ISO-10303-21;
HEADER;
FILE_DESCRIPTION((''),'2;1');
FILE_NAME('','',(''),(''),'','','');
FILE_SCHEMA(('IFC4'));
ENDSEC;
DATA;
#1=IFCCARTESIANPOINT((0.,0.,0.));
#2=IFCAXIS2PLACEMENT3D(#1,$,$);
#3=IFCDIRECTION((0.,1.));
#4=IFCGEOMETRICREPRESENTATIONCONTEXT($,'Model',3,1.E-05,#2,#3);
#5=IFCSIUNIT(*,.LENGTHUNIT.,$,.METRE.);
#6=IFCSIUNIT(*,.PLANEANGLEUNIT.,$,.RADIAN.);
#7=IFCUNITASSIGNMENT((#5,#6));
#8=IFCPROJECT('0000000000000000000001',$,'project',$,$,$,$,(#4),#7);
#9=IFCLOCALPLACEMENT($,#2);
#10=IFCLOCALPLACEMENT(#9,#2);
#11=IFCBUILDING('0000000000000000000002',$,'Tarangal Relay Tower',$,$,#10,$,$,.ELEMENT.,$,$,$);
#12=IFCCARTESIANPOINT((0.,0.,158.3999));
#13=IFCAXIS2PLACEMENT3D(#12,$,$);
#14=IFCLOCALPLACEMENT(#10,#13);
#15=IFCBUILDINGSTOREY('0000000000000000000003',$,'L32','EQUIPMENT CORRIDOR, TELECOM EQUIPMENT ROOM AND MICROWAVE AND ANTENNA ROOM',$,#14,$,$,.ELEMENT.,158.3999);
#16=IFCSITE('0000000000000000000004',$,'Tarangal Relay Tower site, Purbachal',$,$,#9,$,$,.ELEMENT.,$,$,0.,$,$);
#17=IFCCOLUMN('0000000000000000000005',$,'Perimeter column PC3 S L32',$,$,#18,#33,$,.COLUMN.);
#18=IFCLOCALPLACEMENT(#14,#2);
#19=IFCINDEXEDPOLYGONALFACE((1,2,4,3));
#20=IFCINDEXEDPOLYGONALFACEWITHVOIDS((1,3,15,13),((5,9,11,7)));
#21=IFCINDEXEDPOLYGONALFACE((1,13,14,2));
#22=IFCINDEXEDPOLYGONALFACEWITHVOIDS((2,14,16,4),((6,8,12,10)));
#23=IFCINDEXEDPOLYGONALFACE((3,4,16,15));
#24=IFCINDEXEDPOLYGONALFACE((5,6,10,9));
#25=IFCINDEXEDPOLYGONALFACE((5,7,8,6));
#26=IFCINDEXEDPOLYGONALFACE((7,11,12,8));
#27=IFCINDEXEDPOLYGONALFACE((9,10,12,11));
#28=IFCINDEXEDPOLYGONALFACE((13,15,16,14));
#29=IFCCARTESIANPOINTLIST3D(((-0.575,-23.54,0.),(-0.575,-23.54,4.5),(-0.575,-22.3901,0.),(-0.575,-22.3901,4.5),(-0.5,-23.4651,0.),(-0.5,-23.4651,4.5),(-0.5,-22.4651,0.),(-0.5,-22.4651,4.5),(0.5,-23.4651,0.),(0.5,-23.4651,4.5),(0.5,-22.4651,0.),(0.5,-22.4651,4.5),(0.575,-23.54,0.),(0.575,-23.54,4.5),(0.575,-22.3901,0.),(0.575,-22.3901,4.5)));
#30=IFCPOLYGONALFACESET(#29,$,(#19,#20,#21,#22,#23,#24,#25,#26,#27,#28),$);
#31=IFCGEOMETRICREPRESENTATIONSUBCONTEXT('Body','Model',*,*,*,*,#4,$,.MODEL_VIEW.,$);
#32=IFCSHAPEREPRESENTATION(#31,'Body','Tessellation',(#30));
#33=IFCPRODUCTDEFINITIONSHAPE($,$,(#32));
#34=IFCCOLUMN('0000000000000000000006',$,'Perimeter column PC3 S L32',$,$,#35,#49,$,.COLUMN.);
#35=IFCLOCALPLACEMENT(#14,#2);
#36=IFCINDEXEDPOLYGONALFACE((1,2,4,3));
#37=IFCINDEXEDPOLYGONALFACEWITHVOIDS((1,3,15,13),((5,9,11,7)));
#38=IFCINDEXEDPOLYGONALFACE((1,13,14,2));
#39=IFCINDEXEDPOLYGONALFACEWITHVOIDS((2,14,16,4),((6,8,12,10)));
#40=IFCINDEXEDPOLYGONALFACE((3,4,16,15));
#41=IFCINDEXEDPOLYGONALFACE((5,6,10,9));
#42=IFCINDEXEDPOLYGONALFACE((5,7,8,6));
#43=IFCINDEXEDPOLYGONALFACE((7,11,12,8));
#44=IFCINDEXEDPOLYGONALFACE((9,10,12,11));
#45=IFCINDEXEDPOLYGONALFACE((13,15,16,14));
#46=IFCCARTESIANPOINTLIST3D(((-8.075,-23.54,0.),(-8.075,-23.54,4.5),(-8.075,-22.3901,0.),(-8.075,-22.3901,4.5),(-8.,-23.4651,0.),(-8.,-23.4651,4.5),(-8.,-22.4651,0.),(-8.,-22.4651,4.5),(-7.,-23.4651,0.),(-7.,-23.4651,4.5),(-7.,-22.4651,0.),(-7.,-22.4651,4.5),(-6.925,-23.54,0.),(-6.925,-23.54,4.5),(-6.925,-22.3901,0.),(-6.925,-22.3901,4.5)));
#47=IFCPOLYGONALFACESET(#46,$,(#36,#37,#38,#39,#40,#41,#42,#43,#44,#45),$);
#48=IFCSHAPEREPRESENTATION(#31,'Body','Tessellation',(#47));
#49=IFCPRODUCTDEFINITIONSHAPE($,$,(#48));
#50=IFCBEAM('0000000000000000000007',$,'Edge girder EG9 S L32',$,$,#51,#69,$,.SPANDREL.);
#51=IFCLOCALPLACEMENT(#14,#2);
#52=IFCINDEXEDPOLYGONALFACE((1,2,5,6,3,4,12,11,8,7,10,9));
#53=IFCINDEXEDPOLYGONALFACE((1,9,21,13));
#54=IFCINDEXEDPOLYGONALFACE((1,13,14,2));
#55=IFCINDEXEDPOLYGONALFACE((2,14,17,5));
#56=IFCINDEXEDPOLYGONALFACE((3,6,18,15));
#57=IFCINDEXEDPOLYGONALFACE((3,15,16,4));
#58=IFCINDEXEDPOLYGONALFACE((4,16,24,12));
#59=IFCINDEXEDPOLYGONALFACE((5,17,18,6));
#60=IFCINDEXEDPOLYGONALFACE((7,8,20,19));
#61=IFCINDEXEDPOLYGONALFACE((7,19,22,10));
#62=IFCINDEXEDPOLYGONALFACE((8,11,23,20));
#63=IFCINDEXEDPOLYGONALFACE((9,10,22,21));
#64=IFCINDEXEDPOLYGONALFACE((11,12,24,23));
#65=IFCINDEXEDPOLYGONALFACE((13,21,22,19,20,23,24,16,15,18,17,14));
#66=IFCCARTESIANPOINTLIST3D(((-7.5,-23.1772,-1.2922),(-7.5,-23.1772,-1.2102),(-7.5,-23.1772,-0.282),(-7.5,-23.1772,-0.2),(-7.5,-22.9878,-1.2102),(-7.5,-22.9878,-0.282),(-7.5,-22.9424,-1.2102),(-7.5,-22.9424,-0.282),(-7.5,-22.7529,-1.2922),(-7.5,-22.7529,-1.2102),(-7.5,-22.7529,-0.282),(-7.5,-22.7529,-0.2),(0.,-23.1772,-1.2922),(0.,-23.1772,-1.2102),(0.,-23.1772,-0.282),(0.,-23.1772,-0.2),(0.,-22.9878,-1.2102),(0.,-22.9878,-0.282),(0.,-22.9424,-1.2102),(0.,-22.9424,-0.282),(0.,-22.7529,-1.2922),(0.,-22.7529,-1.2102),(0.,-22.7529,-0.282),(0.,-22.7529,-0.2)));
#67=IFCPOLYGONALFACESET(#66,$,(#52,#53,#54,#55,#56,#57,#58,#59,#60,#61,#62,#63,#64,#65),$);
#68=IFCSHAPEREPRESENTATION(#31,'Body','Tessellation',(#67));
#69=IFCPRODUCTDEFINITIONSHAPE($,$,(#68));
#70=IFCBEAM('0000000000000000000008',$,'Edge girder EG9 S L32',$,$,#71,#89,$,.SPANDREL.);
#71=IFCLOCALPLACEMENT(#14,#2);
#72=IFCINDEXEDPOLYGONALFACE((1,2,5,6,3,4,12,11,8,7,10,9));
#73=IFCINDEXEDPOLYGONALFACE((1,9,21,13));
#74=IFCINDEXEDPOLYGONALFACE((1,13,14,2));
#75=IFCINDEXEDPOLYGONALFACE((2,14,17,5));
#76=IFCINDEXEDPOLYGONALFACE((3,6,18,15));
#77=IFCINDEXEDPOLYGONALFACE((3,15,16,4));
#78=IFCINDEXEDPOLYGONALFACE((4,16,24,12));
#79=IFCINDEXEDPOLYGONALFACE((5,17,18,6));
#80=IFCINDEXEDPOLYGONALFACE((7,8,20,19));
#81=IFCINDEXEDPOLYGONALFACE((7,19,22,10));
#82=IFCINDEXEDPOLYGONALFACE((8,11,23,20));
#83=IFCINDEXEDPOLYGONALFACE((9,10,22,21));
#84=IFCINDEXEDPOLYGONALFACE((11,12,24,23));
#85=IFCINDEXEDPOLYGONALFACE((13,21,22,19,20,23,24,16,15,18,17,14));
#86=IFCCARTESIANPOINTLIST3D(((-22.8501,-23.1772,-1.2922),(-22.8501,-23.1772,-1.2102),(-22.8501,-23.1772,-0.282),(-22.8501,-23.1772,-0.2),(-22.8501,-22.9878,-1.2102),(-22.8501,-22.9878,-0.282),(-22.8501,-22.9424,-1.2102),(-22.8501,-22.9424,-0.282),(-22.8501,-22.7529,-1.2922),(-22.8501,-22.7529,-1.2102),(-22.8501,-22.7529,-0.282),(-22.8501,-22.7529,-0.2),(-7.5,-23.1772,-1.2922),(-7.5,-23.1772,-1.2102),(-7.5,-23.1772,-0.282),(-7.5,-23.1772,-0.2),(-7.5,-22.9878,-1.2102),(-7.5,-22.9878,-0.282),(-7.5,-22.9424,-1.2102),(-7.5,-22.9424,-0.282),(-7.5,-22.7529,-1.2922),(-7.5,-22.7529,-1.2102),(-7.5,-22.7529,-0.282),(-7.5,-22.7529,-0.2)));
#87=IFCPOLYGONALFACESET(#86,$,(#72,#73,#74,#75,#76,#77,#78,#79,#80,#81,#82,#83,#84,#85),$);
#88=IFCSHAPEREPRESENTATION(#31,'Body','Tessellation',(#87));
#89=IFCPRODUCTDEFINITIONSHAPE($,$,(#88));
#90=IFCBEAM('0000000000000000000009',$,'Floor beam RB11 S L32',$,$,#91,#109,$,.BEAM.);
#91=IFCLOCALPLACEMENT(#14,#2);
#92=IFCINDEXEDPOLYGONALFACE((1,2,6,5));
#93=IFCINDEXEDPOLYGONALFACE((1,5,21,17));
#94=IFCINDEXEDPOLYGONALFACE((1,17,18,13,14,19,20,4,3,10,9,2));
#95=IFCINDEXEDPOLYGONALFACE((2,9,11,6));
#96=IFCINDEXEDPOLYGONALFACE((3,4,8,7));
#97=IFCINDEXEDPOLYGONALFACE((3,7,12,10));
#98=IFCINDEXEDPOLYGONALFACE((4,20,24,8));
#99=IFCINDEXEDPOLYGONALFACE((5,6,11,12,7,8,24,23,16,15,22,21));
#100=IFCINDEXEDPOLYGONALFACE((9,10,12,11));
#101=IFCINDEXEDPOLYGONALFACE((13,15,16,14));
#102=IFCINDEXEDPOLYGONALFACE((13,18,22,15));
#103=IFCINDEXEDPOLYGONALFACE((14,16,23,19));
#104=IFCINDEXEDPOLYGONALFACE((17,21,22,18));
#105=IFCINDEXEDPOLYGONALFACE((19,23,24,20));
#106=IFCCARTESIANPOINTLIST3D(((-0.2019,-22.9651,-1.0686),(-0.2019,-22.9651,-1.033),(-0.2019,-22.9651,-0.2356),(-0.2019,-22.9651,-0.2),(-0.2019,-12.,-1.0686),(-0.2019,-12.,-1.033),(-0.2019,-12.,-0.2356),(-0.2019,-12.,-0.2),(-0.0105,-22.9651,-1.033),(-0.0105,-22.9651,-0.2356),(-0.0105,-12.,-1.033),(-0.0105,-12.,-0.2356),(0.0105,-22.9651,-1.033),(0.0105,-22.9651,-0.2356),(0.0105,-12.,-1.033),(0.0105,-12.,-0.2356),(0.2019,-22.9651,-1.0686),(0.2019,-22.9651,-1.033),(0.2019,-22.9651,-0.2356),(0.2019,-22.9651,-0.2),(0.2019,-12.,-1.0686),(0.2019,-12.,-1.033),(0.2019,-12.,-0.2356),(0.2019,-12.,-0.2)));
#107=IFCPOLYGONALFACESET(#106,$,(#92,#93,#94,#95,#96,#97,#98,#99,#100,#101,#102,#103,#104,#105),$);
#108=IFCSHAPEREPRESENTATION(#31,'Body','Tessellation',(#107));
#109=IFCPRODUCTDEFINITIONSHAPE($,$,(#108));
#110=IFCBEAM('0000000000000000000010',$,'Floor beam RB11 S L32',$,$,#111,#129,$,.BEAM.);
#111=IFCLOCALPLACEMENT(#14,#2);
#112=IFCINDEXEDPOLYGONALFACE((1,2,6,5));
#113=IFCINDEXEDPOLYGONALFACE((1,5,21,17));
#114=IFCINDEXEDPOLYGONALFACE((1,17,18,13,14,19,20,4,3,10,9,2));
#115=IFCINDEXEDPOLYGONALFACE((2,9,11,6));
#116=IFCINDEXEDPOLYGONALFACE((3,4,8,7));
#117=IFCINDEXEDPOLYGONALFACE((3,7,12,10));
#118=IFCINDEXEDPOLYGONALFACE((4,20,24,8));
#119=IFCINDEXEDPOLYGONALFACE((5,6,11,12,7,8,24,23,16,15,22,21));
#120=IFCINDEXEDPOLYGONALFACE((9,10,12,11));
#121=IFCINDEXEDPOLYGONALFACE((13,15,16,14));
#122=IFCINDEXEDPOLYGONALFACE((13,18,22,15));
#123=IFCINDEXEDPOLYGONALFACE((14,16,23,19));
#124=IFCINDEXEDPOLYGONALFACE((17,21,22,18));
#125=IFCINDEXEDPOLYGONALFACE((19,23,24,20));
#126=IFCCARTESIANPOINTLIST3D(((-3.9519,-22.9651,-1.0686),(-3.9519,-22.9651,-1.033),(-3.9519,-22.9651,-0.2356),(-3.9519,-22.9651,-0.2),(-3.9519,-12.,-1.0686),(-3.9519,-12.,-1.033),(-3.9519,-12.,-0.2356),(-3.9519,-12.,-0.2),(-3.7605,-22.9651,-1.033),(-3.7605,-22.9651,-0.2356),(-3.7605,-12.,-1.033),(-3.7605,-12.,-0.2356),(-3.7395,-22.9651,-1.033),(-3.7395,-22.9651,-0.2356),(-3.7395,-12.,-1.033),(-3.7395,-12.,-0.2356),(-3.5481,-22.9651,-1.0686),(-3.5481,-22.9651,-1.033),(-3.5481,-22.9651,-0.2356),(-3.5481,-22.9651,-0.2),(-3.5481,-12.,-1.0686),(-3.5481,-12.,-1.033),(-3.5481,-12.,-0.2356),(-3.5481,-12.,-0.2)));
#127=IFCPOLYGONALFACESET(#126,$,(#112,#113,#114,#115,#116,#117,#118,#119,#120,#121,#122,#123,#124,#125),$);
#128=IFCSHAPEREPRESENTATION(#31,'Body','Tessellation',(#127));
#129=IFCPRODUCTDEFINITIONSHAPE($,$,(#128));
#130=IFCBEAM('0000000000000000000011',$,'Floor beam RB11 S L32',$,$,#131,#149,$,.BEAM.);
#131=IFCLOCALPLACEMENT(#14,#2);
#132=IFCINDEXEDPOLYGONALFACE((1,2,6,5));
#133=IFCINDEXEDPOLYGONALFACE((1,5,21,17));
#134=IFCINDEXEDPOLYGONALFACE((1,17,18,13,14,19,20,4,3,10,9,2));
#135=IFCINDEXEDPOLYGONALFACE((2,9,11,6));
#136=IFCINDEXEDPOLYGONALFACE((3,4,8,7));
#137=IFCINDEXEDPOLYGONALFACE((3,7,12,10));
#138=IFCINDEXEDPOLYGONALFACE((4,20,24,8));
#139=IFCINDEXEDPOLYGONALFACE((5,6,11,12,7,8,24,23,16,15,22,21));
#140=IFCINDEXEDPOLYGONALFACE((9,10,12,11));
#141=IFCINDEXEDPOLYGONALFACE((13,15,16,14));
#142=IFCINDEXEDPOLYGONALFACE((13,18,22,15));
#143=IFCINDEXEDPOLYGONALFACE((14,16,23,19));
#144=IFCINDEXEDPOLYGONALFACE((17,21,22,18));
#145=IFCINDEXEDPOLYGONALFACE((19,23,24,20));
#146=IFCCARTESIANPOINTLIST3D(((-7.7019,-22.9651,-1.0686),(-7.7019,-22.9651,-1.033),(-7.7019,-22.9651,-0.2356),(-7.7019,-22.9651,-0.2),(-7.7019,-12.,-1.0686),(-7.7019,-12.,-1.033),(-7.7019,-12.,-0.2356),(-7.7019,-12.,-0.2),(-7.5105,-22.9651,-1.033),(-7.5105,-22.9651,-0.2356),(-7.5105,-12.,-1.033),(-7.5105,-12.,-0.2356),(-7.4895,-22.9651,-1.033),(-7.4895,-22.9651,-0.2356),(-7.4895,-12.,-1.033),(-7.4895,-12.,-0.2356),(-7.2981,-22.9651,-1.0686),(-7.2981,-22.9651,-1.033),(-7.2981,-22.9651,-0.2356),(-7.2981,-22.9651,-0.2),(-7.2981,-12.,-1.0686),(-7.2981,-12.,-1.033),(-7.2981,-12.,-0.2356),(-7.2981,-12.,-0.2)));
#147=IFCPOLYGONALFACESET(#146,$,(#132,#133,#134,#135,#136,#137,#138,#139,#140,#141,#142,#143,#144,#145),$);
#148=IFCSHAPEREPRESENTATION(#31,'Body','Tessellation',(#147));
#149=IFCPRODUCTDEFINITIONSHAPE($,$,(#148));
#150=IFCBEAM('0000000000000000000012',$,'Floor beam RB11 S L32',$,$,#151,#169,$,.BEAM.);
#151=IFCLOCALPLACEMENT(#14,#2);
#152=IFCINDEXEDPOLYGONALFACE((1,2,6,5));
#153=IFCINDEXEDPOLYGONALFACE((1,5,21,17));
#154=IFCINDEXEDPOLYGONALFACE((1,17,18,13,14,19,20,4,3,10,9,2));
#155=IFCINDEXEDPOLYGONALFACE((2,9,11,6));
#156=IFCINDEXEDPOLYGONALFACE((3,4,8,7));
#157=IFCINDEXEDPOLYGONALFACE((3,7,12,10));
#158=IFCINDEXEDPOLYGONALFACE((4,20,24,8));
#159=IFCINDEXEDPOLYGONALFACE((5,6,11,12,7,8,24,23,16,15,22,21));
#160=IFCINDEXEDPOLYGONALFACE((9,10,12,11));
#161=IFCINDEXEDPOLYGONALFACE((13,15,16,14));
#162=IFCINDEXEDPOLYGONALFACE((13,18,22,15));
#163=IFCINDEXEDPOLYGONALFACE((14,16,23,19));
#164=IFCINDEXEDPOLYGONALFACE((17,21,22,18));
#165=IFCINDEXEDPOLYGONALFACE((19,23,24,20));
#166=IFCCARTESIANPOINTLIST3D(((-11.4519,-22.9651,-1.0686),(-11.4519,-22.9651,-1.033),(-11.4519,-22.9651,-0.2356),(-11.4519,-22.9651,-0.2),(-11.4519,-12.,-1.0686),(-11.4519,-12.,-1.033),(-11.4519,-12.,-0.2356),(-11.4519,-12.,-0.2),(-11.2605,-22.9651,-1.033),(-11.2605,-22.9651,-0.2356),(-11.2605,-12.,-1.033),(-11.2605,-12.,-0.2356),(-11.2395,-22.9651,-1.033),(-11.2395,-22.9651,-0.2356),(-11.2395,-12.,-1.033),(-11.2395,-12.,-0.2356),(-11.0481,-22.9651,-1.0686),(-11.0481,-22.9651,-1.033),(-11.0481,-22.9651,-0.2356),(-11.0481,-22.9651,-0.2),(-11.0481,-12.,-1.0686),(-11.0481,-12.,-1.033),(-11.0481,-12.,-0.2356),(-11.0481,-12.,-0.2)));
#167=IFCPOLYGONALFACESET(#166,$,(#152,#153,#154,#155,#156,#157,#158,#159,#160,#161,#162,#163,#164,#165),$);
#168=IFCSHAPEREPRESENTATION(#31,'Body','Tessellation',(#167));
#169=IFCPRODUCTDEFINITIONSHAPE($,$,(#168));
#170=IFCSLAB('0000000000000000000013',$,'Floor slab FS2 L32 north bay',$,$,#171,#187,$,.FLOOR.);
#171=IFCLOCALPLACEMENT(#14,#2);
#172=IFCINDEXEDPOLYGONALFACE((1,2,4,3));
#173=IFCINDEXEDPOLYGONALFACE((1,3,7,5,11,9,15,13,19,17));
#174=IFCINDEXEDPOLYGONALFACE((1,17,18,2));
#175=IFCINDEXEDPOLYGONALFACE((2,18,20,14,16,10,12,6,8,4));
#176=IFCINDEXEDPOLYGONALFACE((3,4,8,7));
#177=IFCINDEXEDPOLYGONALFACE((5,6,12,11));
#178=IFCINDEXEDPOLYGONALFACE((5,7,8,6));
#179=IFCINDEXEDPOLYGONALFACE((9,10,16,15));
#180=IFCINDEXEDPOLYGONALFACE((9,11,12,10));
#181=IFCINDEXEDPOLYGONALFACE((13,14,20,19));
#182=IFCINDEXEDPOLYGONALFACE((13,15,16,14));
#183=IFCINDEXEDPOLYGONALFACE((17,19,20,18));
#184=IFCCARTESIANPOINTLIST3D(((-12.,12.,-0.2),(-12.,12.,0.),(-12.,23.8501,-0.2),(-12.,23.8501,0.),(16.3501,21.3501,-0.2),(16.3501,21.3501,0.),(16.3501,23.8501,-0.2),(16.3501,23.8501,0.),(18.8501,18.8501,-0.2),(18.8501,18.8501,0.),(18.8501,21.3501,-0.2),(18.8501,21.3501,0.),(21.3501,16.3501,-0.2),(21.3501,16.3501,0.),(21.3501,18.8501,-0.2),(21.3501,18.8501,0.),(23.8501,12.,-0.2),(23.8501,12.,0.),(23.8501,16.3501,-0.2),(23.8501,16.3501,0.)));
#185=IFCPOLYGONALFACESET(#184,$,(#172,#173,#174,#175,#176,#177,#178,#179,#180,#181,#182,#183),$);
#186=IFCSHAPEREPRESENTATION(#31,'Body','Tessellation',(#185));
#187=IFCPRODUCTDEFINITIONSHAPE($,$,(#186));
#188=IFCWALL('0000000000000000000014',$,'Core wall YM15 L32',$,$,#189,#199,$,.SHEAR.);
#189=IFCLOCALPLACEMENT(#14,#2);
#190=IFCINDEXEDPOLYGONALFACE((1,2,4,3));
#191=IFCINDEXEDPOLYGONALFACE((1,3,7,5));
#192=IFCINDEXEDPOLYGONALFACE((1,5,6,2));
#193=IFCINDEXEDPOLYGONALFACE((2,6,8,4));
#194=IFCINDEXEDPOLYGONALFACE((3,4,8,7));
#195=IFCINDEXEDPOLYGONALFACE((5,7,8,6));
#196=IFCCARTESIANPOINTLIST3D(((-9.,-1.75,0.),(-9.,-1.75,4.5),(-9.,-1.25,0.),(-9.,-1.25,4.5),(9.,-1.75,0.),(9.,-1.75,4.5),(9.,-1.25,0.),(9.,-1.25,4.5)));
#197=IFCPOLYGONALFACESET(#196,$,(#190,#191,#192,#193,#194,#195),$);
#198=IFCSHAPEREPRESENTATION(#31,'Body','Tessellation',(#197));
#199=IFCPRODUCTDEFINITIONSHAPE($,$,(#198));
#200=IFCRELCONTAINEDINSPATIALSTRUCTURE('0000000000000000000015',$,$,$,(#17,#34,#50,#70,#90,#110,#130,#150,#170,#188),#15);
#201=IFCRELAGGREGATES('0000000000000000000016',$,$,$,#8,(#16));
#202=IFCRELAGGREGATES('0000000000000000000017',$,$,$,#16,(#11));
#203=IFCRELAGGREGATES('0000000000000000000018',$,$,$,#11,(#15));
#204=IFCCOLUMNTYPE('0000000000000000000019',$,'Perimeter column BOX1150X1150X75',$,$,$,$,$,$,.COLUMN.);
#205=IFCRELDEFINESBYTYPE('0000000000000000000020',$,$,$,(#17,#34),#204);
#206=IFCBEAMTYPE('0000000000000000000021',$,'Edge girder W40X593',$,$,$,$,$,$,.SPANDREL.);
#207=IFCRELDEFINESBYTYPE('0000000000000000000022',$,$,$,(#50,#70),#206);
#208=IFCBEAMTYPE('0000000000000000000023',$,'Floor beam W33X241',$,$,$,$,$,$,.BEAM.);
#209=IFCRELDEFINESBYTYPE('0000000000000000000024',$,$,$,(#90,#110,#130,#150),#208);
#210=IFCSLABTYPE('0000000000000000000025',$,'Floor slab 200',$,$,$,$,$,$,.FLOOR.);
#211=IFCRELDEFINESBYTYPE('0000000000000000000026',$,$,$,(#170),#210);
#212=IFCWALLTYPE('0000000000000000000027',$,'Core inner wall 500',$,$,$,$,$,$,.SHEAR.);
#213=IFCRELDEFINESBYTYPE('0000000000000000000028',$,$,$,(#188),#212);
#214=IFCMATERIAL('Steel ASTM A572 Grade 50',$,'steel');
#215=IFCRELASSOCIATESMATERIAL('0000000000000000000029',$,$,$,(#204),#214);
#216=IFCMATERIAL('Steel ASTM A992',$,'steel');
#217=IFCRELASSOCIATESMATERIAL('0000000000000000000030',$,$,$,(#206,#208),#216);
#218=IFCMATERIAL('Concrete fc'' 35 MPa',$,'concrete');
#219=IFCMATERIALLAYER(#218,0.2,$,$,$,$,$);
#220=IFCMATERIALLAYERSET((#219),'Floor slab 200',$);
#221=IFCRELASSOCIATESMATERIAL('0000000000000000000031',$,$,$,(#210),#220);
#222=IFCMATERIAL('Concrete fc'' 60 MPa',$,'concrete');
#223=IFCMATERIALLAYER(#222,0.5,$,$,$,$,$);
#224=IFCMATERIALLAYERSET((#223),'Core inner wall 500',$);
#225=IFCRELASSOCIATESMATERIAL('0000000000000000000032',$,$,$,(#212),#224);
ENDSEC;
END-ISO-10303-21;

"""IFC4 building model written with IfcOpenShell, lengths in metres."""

from ifc_helpers import new_model, si_unit, direction, frame, frame_2d, origin, origin_2d, place, context, subcontext, project, spatial, polyline, rectangle, hollow_rectangle, i_section, outline, extrude, material, layer, layer_set, material_profile, profile_set, type_object, element, save


model = new_model("IFC4")

# Units and contexts
model_context = context("Model", 3, precision=1e-05, world=origin(), true_north=direction((0.0, 1.0)))
body_context = subcontext(model_context, "Body", "Model", "MODEL_VIEW")
ifc_project = project(units=[si_unit("LENGTHUNIT", "METRE"), si_unit("PLANEANGLEUNIT", "RADIAN")], contexts=[model_context])

# Site, building, storey
site_placement = place(None, origin())
site = spatial("IfcSite", under=ifc_project, at=site_placement, Name="Tarangal Relay Tower site, Purbachal", CompositionType="ELEMENT", RefElevation=0.0)
building_placement = place(site_placement, origin())
building = spatial("IfcBuilding", under=site, at=building_placement, Name="Tarangal Relay Tower", CompositionType="ELEMENT")
storey_placement = place(building_placement, frame((0.0, 0.0, 158.3999)))
storey = spatial("IfcBuildingStorey", under=building, at=storey_placement, Name="L32", Description="EQUIPMENT CORRIDOR, TELECOM EQUIPMENT ROOM AND MICROWAVE AND ANTENNA ROOM", CompositionType="ELEMENT", Elevation=158.3999)

# Columns
ifc_material_1 = material(Name="Steel ASTM A572 Grade 50", Category="steel")
ifc_material_profile_1 = material_profile(ifc_material_1, hollow_rectangle(XDim=1.1499, YDim=1.1499, WallThickness=0.075, at=origin_2d()), Name="BOX1150X1150X75")
ifc_profile_set_1 = profile_set([ifc_material_profile_1], Name="Steel ASTM A572 Grade 50")
column_type = type_object("IfcColumnType", Name="Perimeter column BOX1150X1150X75", PredefinedType="COLUMN", material=ifc_profile_set_1)
for number, where, z_axis, x_axis, name in (
    (1, (0.0, -22.9651, 0.0), (0.0, 0.0, 1.0), (1.0, 0.0, 0.0), "Perimeter column PC3 S L32"),
    (2, (-7.5, -22.9651, 0.0), (0.0, 0.0, 1.0), (1.0, 0.0, 0.0), "Perimeter column PC3 S L32"),
):
    element("IfcColumn", number, at=place(storey_placement, frame(where, z_axis=z_axis, x_axis=x_axis)), inside=storey, type_object=column_type, Name=name, PredefinedType="COLUMN", context=body_context, shape_type="SweptSolid", body=[
        extrude(hollow_rectangle(XDim=1.1499, YDim=1.1499, WallThickness=0.075, at=origin_2d()), origin(), (0.0, 0.0, 1.0), 4.5),
    ])

# Beams
ifc_material_2 = material(Name="Steel ASTM A992", Category="steel")
ifc_material_profile_2 = material_profile(ifc_material_2, i_section(OverallWidth=0.4243, OverallDepth=1.0923, WebThickness=0.0454, FlangeThickness=0.082, at=origin_2d()), Name="W40X593")
ifc_profile_set_2 = profile_set([ifc_material_profile_2], Name="Steel ASTM A992")
beam_type_1 = type_object("IfcBeamType", Name="Edge girder W40X593", PredefinedType="SPANDREL", material=ifc_profile_set_2)
beam_1_placement = place(storey_placement, frame((0.0, -22.9651, -0.7461), z_axis=(-1.0, 0.0, 0.0), x_axis=(0.0, -1.0, 0.0)))
element("IfcBeam", 3, at=beam_1_placement, inside=storey, type_object=beam_type_1, Name="Edge girder EG9 S L32", PredefinedType="SPANDREL", context=body_context, shape_type="SweptSolid", body=[
    extrude(i_section(OverallWidth=0.4243, OverallDepth=1.0923, WebThickness=0.0454, FlangeThickness=0.082, at=origin_2d()), origin(), (0.0, 0.0, 1.0), 7.5),
])
beam_2_placement = place(storey_placement, frame((-7.5, -22.9651, -0.7461), z_axis=(-1.0, 0.0, 0.0), x_axis=(0.0, -1.0, 0.0)))
element("IfcBeam", 4, at=beam_2_placement, inside=storey, type_object=beam_type_1, Name="Edge girder EG9 S L32", PredefinedType="SPANDREL", context=body_context, shape_type="SweptSolid", body=[
    extrude(i_section(OverallWidth=0.4243, OverallDepth=1.0923, WebThickness=0.0454, FlangeThickness=0.082, at=origin_2d()), origin(), (0.0, 0.0, 1.0), 15.3501),
])
ifc_material_profile_3 = material_profile(ifc_material_2, i_section(OverallWidth=0.4038, OverallDepth=0.8687, WebThickness=0.021, FlangeThickness=0.0356, at=origin_2d()), Name="W33X241")
ifc_profile_set_3 = profile_set([ifc_material_profile_3], Name="Steel ASTM A992")
beam_type_2 = type_object("IfcBeamType", Name="Floor beam W33X241", PredefinedType="BEAM", material=ifc_profile_set_3)
for number, where, z_axis, x_axis, name in (
    (5, (0.0, -12.0, -0.6343), (0.0, -1.0, 0.0), (1.0, 0.0, 0.0), "Floor beam RB11 S L32"),
    (6, (-3.75, -12.0, -0.6343), (0.0, -1.0, 0.0), (1.0, 0.0, 0.0), "Floor beam RB11 S L32"),
    (7, (-7.5, -12.0, -0.6343), (0.0, -1.0, 0.0), (1.0, 0.0, 0.0), "Floor beam RB11 S L32"),
    (8, (-11.25, -12.0, -0.6343), (0.0, -1.0, 0.0), (1.0, 0.0, 0.0), "Floor beam RB11 S L32"),
):
    element("IfcBeam", number, at=place(storey_placement, frame(where, z_axis=z_axis, x_axis=x_axis)), inside=storey, type_object=beam_type_2, Name=name, PredefinedType="BEAM", context=body_context, shape_type="SweptSolid", body=[
        extrude(i_section(OverallWidth=0.4038, OverallDepth=0.8687, WebThickness=0.021, FlangeThickness=0.0356, at=origin_2d()), origin(), (0.0, 0.0, 1.0), 10.9651),
    ])

# Slab
ifc_material_3 = material(Name="Concrete fc' 35 MPa", Category="concrete")
ifc_layer_1 = layer(ifc_material_3, 0.2)
ifc_layer_set_1 = layer_set([ifc_layer_1], Name="Floor slab 200")
slab_type = type_object("IfcSlabType", Name="Floor slab 200", PredefinedType="FLOOR", material=ifc_layer_set_1)
slab_placement = place(storey_placement, frame((0.0, 0.0, -0.2)))
element("IfcSlab", 9, at=slab_placement, inside=storey, type_object=slab_type, Name="Floor slab FS2 L32 north bay", PredefinedType="FLOOR", context=body_context, shape_type="SweptSolid", body=[
    extrude(outline(polyline([(16.3501, 23.8501), (16.3501, 21.3501), (18.8501, 21.3501), (18.8501, 18.8501), (21.3501, 18.8501), (21.3501, 16.3501), (23.8501, 16.3501), (23.8501, 12.0), (-12.0, 12.0), (-12.0, 23.8501), (16.3501, 23.8501)])), origin(), (0.0, 0.0, 1.0), 0.2),
])

# Wall
ifc_material_4 = material(Name="Concrete fc' 60 MPa", Category="concrete")
ifc_layer_2 = layer(ifc_material_4, 0.5)
ifc_layer_set_2 = layer_set([ifc_layer_2], Name="Core inner wall 500")
wall_type_1 = type_object("IfcWallType", Name="Core inner wall 500", PredefinedType="SHEAR", material=ifc_layer_set_2)
for number, where, z_axis, x_axis, name in (
    (10, (-9.0, -1.5, 0.0), (0.0, 0.0, 1.0), (1.0, 0.0, 0.0), "Core wall YM15 L32"),
):
    element("IfcWall", number, at=place(storey_placement, frame(where, z_axis=z_axis, x_axis=x_axis)), inside=storey, type_object=wall_type_1, Name=name, PredefinedType="SHEAR", context=body_context, shape_type="SweptSolid", body=[
        extrude(rectangle(XDim=18.0, YDim=0.5, at=frame_2d((9.0, 0.0))), origin(), (0.0, 0.0, 1.0), 4.5),
    ])

save(model, "model.ifc")
